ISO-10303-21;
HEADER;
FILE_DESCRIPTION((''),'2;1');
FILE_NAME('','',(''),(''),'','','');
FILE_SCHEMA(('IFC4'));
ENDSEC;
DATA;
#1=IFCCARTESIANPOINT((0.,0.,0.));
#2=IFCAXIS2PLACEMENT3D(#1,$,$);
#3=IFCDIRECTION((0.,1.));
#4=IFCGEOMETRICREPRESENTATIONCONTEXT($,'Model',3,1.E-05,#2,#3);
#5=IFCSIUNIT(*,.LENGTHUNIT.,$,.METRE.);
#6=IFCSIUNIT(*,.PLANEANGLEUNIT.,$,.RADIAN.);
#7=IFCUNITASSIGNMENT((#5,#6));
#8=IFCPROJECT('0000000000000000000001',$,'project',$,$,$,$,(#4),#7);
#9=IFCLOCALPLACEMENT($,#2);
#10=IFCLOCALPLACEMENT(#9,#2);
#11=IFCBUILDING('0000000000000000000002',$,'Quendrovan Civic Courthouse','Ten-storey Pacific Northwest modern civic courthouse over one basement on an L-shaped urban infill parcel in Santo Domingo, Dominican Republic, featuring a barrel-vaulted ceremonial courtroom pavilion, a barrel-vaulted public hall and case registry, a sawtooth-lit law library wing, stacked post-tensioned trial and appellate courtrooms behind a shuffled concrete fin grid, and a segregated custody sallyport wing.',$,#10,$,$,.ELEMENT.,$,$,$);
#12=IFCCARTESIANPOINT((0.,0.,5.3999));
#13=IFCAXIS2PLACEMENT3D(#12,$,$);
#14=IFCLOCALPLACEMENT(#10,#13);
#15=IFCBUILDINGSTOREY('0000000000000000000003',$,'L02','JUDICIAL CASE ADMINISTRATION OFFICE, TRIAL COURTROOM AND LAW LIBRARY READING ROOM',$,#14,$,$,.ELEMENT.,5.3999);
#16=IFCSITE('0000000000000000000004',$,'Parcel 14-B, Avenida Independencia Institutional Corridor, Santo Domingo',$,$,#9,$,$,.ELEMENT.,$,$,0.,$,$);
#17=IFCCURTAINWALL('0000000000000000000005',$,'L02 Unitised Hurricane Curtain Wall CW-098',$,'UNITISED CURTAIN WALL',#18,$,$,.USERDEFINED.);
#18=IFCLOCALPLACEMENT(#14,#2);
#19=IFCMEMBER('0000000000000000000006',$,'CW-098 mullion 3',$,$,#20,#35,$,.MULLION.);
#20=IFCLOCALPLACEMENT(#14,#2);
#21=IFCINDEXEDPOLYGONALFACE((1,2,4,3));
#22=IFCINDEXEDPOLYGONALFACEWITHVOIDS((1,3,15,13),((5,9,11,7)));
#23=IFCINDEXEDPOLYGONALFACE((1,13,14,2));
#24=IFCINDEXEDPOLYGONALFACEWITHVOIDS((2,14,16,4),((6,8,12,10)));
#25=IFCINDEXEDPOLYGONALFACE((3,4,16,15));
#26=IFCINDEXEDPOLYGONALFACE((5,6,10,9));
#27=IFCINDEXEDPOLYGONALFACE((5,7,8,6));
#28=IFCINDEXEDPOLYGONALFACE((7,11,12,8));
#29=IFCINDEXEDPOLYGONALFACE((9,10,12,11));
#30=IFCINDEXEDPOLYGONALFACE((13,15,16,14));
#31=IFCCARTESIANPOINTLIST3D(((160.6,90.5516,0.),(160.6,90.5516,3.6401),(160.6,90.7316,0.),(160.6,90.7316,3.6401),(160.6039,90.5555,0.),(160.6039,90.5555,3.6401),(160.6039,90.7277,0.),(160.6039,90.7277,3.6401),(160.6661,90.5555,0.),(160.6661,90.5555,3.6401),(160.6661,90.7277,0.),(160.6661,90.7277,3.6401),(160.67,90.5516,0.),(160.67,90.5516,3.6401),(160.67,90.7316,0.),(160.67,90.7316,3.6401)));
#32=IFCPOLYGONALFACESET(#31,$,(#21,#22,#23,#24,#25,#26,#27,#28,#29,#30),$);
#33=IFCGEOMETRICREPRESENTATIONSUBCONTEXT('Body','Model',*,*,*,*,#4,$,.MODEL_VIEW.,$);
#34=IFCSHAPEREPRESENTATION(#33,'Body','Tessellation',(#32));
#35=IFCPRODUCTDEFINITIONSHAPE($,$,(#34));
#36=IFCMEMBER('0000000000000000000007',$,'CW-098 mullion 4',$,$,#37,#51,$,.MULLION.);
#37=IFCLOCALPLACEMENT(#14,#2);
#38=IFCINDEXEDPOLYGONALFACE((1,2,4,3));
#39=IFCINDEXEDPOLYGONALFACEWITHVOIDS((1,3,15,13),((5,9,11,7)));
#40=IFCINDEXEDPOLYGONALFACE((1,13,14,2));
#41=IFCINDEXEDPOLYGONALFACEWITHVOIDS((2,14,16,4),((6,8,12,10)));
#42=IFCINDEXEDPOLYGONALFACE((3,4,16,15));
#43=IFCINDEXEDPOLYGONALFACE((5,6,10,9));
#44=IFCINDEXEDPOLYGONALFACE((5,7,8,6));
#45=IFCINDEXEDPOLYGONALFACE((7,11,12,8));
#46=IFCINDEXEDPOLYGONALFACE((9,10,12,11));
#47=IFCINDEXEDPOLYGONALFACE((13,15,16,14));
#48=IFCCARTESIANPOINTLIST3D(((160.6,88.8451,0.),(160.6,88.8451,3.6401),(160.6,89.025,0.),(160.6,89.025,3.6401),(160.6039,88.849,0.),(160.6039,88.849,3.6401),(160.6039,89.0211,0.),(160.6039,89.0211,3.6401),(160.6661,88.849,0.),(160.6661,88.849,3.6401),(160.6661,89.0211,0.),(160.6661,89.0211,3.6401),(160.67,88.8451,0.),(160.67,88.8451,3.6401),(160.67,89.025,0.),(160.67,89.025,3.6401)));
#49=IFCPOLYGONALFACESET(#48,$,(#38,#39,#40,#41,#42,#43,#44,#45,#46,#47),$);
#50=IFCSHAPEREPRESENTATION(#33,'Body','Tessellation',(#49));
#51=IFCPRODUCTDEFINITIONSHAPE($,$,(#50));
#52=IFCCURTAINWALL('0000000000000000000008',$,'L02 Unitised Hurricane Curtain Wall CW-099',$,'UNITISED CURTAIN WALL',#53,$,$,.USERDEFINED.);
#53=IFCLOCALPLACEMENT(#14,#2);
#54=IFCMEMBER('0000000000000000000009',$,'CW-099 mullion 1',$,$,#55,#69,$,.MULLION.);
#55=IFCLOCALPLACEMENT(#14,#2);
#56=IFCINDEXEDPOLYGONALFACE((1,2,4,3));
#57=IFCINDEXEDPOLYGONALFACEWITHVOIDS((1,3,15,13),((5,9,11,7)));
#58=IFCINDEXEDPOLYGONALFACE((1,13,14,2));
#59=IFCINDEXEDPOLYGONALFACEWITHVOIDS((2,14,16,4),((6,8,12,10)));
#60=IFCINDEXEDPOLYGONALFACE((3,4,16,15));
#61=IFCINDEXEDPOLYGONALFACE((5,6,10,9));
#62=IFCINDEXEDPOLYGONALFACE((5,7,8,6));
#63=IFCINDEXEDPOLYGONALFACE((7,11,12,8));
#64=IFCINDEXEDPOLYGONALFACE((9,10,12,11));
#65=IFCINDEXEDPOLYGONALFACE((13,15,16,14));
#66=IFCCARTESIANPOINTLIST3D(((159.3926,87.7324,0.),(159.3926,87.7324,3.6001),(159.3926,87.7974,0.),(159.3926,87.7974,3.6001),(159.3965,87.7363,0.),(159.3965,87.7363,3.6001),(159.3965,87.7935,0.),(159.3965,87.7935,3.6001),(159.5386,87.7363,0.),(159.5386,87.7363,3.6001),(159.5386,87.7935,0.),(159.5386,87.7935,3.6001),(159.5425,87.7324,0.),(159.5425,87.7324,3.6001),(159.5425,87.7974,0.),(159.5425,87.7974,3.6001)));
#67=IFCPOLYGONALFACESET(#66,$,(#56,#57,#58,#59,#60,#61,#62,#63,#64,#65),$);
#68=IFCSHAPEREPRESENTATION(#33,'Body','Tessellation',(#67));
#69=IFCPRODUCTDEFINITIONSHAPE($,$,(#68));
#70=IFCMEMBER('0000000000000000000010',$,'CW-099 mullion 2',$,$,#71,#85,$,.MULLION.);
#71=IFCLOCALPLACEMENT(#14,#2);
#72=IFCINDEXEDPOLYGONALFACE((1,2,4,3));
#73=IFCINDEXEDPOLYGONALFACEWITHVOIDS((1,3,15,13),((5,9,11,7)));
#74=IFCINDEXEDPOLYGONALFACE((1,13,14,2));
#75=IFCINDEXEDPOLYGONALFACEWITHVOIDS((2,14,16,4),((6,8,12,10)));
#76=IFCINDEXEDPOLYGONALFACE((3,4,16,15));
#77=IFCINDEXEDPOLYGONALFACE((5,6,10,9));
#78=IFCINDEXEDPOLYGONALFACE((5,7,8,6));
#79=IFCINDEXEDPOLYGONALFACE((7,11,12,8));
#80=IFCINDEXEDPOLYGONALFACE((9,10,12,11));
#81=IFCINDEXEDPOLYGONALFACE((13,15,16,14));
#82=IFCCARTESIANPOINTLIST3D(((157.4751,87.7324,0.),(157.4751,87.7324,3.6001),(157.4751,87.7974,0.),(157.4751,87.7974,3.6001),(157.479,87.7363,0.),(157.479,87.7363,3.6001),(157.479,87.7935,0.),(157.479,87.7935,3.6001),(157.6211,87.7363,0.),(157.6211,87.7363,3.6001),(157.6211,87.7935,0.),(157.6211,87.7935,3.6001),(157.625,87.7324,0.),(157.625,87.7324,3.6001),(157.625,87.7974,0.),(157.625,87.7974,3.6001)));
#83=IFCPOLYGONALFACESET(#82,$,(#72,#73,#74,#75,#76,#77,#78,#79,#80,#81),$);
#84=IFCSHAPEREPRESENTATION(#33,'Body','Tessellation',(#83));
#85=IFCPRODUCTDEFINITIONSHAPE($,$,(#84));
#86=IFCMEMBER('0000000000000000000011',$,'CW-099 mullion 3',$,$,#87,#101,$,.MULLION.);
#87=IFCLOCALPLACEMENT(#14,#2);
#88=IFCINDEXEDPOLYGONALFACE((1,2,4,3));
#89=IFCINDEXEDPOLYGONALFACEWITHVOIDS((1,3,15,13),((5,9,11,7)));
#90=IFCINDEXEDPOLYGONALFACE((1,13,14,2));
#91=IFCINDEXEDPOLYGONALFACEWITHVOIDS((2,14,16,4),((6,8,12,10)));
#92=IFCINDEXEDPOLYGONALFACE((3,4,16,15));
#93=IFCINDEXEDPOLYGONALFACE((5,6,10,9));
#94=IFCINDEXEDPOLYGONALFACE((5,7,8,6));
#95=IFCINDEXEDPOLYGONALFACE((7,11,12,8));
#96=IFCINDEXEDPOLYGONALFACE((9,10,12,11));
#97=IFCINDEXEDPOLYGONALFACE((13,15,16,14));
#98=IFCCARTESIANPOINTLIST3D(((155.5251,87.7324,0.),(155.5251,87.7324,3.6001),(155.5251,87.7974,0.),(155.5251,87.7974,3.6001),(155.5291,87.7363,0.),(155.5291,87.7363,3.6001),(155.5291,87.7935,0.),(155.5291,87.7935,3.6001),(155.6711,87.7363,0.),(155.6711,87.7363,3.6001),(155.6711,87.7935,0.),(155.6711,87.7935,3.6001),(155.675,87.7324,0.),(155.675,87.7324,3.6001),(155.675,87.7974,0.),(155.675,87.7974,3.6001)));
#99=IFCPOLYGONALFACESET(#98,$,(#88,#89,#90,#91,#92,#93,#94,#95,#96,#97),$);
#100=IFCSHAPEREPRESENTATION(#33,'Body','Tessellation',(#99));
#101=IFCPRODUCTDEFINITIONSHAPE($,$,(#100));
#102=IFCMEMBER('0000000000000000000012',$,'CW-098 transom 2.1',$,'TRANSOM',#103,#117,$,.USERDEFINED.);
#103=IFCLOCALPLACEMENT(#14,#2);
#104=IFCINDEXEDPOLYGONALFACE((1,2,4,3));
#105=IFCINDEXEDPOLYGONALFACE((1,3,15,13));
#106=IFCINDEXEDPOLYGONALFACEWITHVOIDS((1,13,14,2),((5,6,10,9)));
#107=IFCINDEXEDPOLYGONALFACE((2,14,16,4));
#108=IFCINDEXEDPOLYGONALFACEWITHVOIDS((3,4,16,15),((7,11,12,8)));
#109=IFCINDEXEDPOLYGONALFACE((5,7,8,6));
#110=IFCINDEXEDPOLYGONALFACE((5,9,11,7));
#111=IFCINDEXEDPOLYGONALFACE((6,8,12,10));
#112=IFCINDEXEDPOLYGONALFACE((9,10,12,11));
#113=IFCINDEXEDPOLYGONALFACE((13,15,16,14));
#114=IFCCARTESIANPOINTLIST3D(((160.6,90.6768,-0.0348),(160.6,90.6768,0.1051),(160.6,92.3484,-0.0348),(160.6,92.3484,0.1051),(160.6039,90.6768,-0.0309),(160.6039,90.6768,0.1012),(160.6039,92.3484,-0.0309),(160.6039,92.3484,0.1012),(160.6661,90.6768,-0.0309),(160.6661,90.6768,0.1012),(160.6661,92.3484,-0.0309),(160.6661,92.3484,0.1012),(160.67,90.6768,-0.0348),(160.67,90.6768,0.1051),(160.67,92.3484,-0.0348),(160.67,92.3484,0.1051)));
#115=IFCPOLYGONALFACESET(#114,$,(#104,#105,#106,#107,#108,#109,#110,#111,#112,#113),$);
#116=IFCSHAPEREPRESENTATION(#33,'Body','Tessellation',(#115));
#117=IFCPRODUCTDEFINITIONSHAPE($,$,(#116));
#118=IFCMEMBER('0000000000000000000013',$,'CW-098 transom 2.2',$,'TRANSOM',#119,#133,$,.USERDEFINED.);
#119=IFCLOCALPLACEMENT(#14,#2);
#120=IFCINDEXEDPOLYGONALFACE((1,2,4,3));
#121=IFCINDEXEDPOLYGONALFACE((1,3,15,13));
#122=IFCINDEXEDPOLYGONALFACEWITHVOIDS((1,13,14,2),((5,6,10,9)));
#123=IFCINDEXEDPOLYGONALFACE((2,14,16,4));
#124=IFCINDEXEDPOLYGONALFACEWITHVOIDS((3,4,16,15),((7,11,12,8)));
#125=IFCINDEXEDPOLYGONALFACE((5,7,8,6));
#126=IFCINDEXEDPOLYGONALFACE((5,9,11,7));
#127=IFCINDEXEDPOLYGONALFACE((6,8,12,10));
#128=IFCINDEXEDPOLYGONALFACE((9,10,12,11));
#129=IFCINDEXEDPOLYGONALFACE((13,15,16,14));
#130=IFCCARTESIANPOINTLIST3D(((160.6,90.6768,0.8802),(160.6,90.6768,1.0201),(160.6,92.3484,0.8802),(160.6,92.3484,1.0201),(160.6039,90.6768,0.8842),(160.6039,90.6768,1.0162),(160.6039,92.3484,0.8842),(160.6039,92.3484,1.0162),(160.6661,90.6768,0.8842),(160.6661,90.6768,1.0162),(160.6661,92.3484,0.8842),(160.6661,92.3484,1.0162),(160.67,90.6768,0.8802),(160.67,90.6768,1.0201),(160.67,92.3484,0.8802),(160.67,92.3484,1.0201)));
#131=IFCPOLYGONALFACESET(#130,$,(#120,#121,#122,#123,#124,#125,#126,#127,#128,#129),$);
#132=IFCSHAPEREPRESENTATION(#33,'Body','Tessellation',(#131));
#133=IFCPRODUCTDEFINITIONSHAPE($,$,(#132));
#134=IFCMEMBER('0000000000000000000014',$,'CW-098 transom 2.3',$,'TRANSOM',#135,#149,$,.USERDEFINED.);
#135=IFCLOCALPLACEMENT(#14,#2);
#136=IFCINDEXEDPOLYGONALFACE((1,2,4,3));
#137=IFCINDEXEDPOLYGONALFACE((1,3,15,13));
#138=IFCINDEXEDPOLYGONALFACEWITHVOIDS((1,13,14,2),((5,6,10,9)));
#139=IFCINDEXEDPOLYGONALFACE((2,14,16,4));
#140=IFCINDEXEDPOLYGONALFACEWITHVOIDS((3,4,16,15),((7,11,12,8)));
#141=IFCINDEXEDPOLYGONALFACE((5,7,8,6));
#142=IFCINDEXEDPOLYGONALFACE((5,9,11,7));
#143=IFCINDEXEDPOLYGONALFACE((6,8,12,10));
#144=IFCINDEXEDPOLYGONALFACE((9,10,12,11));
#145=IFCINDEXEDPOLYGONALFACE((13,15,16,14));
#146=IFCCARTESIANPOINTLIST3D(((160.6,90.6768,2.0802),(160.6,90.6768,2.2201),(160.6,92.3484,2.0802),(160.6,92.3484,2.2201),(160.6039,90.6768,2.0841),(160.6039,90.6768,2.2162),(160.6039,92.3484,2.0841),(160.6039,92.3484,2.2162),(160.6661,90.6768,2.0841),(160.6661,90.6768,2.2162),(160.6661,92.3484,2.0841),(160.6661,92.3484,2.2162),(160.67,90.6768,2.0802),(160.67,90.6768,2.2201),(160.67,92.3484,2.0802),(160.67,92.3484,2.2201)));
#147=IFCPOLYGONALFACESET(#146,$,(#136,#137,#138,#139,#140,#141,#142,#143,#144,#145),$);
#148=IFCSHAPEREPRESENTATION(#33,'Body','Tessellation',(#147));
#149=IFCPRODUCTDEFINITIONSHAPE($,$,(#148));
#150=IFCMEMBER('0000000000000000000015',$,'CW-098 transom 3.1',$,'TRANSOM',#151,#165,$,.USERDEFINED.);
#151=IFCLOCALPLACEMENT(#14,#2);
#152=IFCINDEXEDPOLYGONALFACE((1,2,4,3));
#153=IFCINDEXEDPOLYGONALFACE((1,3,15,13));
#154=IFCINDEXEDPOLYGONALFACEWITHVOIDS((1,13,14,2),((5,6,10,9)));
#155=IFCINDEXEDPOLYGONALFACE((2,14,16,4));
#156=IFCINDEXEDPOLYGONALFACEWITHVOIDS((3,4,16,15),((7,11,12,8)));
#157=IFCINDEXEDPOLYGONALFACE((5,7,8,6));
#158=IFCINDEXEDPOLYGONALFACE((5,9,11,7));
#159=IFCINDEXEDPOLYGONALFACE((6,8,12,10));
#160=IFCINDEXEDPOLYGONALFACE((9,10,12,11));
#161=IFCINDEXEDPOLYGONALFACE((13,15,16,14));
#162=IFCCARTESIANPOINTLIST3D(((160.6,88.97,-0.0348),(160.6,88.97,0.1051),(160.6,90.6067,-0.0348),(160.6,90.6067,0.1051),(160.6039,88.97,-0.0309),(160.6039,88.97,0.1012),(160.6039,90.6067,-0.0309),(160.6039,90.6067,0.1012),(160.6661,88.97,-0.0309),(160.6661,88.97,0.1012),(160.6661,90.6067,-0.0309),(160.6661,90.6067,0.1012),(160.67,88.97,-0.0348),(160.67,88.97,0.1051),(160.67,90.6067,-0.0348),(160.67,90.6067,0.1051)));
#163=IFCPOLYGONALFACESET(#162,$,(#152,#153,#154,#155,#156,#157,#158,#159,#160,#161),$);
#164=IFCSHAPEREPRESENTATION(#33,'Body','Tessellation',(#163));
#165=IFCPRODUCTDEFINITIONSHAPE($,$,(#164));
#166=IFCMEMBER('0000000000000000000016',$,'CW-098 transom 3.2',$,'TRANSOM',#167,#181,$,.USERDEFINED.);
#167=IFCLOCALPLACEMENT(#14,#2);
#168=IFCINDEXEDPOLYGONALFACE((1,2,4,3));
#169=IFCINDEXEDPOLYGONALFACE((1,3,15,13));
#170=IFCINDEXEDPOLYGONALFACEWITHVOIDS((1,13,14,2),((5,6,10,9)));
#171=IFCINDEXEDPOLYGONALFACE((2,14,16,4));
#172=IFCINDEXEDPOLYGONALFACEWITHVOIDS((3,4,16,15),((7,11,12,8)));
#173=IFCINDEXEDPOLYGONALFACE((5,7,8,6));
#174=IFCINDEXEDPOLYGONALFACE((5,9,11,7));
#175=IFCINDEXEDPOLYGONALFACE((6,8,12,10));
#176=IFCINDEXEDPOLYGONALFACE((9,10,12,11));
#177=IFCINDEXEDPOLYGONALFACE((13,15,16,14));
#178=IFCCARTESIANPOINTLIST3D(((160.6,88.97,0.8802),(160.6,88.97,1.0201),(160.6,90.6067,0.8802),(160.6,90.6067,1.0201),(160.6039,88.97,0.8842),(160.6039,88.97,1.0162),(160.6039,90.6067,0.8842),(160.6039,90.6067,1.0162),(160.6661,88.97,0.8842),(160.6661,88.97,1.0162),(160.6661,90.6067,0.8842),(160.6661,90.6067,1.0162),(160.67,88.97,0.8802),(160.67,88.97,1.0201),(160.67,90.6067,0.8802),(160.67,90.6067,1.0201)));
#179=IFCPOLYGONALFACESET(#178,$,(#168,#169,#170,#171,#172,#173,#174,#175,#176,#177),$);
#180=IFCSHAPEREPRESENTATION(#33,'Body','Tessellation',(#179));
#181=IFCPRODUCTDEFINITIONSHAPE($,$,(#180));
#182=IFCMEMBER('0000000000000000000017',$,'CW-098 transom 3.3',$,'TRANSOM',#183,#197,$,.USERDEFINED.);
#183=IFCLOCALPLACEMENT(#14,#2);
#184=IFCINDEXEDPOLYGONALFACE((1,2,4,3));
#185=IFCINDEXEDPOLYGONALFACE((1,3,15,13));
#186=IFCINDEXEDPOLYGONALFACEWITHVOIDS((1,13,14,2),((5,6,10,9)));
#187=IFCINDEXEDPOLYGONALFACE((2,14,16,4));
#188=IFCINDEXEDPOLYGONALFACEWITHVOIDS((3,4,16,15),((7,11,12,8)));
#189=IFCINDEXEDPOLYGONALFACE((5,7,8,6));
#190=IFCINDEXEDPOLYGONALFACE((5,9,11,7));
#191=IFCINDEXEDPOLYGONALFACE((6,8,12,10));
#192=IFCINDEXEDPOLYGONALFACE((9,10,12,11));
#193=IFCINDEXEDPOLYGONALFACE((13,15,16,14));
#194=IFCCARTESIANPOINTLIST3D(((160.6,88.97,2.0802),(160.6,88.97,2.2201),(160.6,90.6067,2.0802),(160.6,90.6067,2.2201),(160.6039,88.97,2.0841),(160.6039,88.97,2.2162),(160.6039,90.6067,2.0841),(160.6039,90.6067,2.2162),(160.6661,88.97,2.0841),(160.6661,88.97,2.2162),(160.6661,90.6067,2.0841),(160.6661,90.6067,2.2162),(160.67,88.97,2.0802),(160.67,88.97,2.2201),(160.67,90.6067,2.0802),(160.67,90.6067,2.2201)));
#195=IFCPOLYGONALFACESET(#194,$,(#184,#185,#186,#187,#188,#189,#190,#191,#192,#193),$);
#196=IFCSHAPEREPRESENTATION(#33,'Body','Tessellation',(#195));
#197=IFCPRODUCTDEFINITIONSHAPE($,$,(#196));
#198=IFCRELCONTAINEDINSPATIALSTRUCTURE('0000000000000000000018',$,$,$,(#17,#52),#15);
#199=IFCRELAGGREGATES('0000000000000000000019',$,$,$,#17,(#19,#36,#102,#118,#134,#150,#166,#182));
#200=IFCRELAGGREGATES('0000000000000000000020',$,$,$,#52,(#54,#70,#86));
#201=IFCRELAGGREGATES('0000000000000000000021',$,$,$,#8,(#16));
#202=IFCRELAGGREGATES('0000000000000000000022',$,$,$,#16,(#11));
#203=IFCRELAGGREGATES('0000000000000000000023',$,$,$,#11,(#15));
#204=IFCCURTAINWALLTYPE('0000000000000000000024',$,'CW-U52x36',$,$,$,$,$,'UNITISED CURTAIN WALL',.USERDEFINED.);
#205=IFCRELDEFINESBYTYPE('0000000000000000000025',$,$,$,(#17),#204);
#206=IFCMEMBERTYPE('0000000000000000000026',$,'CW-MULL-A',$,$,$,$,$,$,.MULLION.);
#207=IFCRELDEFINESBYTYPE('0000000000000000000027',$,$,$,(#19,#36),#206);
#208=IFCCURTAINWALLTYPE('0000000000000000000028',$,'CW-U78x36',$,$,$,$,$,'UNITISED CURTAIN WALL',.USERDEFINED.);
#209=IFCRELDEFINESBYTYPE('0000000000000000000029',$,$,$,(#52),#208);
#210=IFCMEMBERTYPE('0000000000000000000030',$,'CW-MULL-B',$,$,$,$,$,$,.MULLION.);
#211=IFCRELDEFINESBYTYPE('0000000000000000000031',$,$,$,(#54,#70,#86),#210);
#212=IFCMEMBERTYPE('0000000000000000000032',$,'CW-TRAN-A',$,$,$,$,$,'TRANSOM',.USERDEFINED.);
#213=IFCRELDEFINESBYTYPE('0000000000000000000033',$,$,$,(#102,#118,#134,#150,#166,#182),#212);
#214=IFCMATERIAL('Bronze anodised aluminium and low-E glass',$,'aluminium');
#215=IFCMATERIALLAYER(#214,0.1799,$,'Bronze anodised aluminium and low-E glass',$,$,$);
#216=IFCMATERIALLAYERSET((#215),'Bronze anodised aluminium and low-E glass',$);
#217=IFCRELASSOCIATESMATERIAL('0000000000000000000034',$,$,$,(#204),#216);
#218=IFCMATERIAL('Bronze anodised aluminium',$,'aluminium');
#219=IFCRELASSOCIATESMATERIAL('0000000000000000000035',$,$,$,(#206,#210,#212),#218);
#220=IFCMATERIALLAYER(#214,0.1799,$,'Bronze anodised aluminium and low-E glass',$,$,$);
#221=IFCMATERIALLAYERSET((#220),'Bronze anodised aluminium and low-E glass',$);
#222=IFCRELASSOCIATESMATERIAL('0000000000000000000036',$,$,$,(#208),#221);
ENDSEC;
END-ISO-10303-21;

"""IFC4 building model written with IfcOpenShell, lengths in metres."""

from ifc_helpers import new_model, si_unit, direction, frame, origin, origin_2d, place, context, subcontext, project, spatial, hollow_rectangle, extrude, material, layer, layer_set, material_profile, profile_set, type_object, element, aggregate, save


model = new_model("IFC4")

# Units and contexts
model_context = context("Model", 3, precision=1e-05, world=origin(), true_north=direction((0.0, 1.0)))
body_context = subcontext(model_context, "Body", "Model", "MODEL_VIEW")
ifc_project = project(units=[si_unit("LENGTHUNIT", "METRE"), si_unit("PLANEANGLEUNIT", "RADIAN")], contexts=[model_context])

# Site, building, storey
site_placement = place(None, origin())
site = spatial("IfcSite", under=ifc_project, at=site_placement, Name="Parcel 14-B, Avenida Independencia Institutional Corridor, Santo Domingo", CompositionType="ELEMENT", RefElevation=0.0)
building_placement = place(site_placement, origin())
building = spatial("IfcBuilding", under=site, at=building_placement, Name="Quendrovan Civic Courthouse", Description="Ten-storey Pacific Northwest modern civic courthouse over one basement on an L-shaped urban infill parcel in Santo Domingo, Dominican Republic, featuring a barrel-vaulted ceremonial courtroom pavilion, a barrel-vaulted public hall and case registry, a sawtooth-lit law library wing, stacked post-tensioned trial and appellate courtrooms behind a shuffled concrete fin grid, and a segregated custody sallyport wing.", CompositionType="ELEMENT")
storey_placement = place(building_placement, frame((0.0, 0.0, 5.3999)))
storey = spatial("IfcBuildingStorey", under=building, at=storey_placement, Name="L02", Description="JUDICIAL CASE ADMINISTRATION OFFICE, TRIAL COURTROOM AND LAW LIBRARY READING ROOM", CompositionType="ELEMENT", Elevation=5.3999)

# Curtain walls, members
ifc_material_1 = material(Name="Bronze anodised aluminium and low-E glass", Category="aluminium")
ifc_layer_1 = layer(ifc_material_1, 0.1799, Name="Bronze anodised aluminium and low-E glass")
ifc_layer_set_1 = layer_set([ifc_layer_1], Name="Bronze anodised aluminium and low-E glass")
curtain_wall_type_1 = type_object("IfcCurtainWallType", Name="CW-U52x36", ElementType="UNITISED CURTAIN WALL", PredefinedType="USERDEFINED", material=ifc_layer_set_1)
curtain_wall_1_placement = place(storey_placement, origin())
curtain_wall_1 = element("IfcCurtainWall", 1, at=curtain_wall_1_placement, inside=storey, type_object=curtain_wall_type_1, Name="L02 Unitised Hurricane Curtain Wall CW-098", ObjectType="UNITISED CURTAIN WALL", PredefinedType="USERDEFINED")
ifc_material_2 = material(Name="Bronze anodised aluminium", Category="aluminium")
ifc_material_profile_1 = material_profile(ifc_material_2, hollow_rectangle(XDim=0.0701, YDim=0.1799, WallThickness=0.0039, at=origin_2d()), Name="CW-MULL-70x180")
ifc_profile_set_1 = profile_set([ifc_material_profile_1], Name="Bronze anodised aluminium")
member_type_1 = type_object("IfcMemberType", Name="CW-MULL-A", PredefinedType="MULLION", material=ifc_profile_set_1)
member_1_placement = place(storey_placement, frame((160.635, 90.6416, 0.0), z_axis=(0.0, 0.0, 1.0), x_axis=(1.0, 0.0, 0.0)))
member_1 = element("IfcMember", 2, at=member_1_placement, type_object=member_type_1, Name="CW-098 mullion 3", PredefinedType="MULLION", context=body_context, shape_type="SweptSolid", body=[
    extrude(hollow_rectangle(XDim=0.0701, YDim=0.1799, WallThickness=0.0039, at=origin_2d()), origin(), (0.0, 0.0, 1.0), 3.6401),
])
member_2_placement = place(storey_placement, frame((160.635, 88.9351, 0.0), z_axis=(0.0, 0.0, 1.0), x_axis=(1.0, 0.0, 0.0)))
member_2 = element("IfcMember", 3, at=member_2_placement, type_object=member_type_1, Name="CW-098 mullion 4", PredefinedType="MULLION", context=body_context, shape_type="SweptSolid", body=[
    extrude(hollow_rectangle(XDim=0.0701, YDim=0.1799, WallThickness=0.0039, at=origin_2d()), origin(), (0.0, 0.0, 1.0), 3.6401),
])
ifc_layer_2 = layer(ifc_material_1, 0.1799, Name="Bronze anodised aluminium and low-E glass")
ifc_layer_set_2 = layer_set([ifc_layer_2], Name="Bronze anodised aluminium and low-E glass")
curtain_wall_type_2 = type_object("IfcCurtainWallType", Name="CW-U78x36", ElementType="UNITISED CURTAIN WALL", PredefinedType="USERDEFINED", material=ifc_layer_set_2)
curtain_wall_2_placement = place(storey_placement, origin())
curtain_wall_2 = element("IfcCurtainWall", 4, at=curtain_wall_2_placement, inside=storey, type_object=curtain_wall_type_2, Name="L02 Unitised Hurricane Curtain Wall CW-099", ObjectType="UNITISED CURTAIN WALL", PredefinedType="USERDEFINED")
ifc_material_profile_2 = material_profile(ifc_material_2, hollow_rectangle(XDim=0.0649, YDim=0.1499, WallThickness=0.0039, at=origin_2d()), Name="CW-MULL-65x150")
ifc_profile_set_2 = profile_set([ifc_material_profile_2], Name="Bronze anodised aluminium")
member_type_2 = type_object("IfcMemberType", Name="CW-MULL-B", PredefinedType="MULLION", material=ifc_profile_set_2)
member_3_placement = place(storey_placement, frame((159.4675, 87.7649, 0.0), z_axis=(0.0, 0.0, 1.0), x_axis=(0.0, -1.0, 0.0)))
member_3 = element("IfcMember", 5, at=member_3_placement, type_object=member_type_2, Name="CW-099 mullion 1", PredefinedType="MULLION", context=body_context, shape_type="SweptSolid", body=[
    extrude(hollow_rectangle(XDim=0.0649, YDim=0.1499, WallThickness=0.0039, at=origin_2d()), origin(), (0.0, 0.0, 1.0), 3.6001),
])
member_4_placement = place(storey_placement, frame((157.55, 87.7649, 0.0), z_axis=(0.0, 0.0, 1.0), x_axis=(0.0, -1.0, 0.0)))
member_4 = element("IfcMember", 6, at=member_4_placement, type_object=member_type_2, Name="CW-099 mullion 2", PredefinedType="MULLION", context=body_context, shape_type="SweptSolid", body=[
    extrude(hollow_rectangle(XDim=0.0649, YDim=0.1499, WallThickness=0.0039, at=origin_2d()), origin(), (0.0, 0.0, 1.0), 3.6001),
])
member_5_placement = place(storey_placement, frame((155.6001, 87.7649, 0.0), z_axis=(0.0, 0.0, 1.0), x_axis=(0.0, -1.0, 0.0)))
member_5 = element("IfcMember", 7, at=member_5_placement, type_object=member_type_2, Name="CW-099 mullion 3", PredefinedType="MULLION", context=body_context, shape_type="SweptSolid", body=[
    extrude(hollow_rectangle(XDim=0.0649, YDim=0.1499, WallThickness=0.0039, at=origin_2d()), origin(), (0.0, 0.0, 1.0), 3.6001),
])

# Members
ifc_material_profile_3 = material_profile(ifc_material_2, hollow_rectangle(XDim=0.0701, YDim=0.1399, WallThickness=0.0039, at=origin_2d()), Name="CW-TRAN-70x140")
ifc_profile_set_3 = profile_set([ifc_material_profile_3], Name="Bronze anodised aluminium")
member_type_3 = type_object("IfcMemberType", Name="CW-TRAN-A", ElementType="TRANSOM", PredefinedType="USERDEFINED", material=ifc_profile_set_3)
member_6_placement = place(storey_placement, frame((160.635, 92.3484, 0.0352), z_axis=(0.0, -1.0, 0.0), x_axis=(1.0, 0.0, 0.0)))
member_6 = element("IfcMember", 8, at=member_6_placement, type_object=member_type_3, Name="CW-098 transom 2.1", ObjectType="TRANSOM", PredefinedType="USERDEFINED", context=body_context, shape_type="SweptSolid", body=[
    extrude(hollow_rectangle(XDim=0.0701, YDim=0.1399, WallThickness=0.0039, at=origin_2d()), origin(), (0.0, 0.0, 1.0), 1.6716),
])
member_7_placement = place(storey_placement, frame((160.635, 92.3484, 0.9502), z_axis=(0.0, -1.0, 0.0), x_axis=(1.0, 0.0, 0.0)))
member_7 = element("IfcMember", 9, at=member_7_placement, type_object=member_type_3, Name="CW-098 transom 2.2", ObjectType="TRANSOM", PredefinedType="USERDEFINED", context=body_context, shape_type="SweptSolid", body=[
    extrude(hollow_rectangle(XDim=0.0701, YDim=0.1399, WallThickness=0.0039, at=origin_2d()), origin(), (0.0, 0.0, 1.0), 1.6716),
])
member_8_placement = place(storey_placement, frame((160.635, 92.3484, 2.1501), z_axis=(0.0, -1.0, 0.0), x_axis=(1.0, 0.0, 0.0)))
member_8 = element("IfcMember", 10, at=member_8_placement, type_object=member_type_3, Name="CW-098 transom 2.3", ObjectType="TRANSOM", PredefinedType="USERDEFINED", context=body_context, shape_type="SweptSolid", body=[
    extrude(hollow_rectangle(XDim=0.0701, YDim=0.1399, WallThickness=0.0039, at=origin_2d()), origin(), (0.0, 0.0, 1.0), 1.6716),
])
member_9_placement = place(storey_placement, frame((160.635, 90.6067, 0.0352), z_axis=(0.0, -1.0, 0.0), x_axis=(1.0, 0.0, 0.0)))
member_9 = element("IfcMember", 11, at=member_9_placement, type_object=member_type_3, Name="CW-098 transom 3.1", ObjectType="TRANSOM", PredefinedType="USERDEFINED", context=body_context, shape_type="SweptSolid", body=[
    extrude(hollow_rectangle(XDim=0.0701, YDim=0.1399, WallThickness=0.0039, at=origin_2d()), origin(), (0.0, 0.0, 1.0), 1.6367),
])
member_10_placement = place(storey_placement, frame((160.635, 90.6067, 0.9502), z_axis=(0.0, -1.0, 0.0), x_axis=(1.0, 0.0, 0.0)))
member_10 = element("IfcMember", 12, at=member_10_placement, type_object=member_type_3, Name="CW-098 transom 3.2", ObjectType="TRANSOM", PredefinedType="USERDEFINED", context=body_context, shape_type="SweptSolid", body=[
    extrude(hollow_rectangle(XDim=0.0701, YDim=0.1399, WallThickness=0.0039, at=origin_2d()), origin(), (0.0, 0.0, 1.0), 1.6367),
])
member_11_placement = place(storey_placement, frame((160.635, 90.6067, 2.1501), z_axis=(0.0, -1.0, 0.0), x_axis=(1.0, 0.0, 0.0)))
member_11 = element("IfcMember", 13, at=member_11_placement, type_object=member_type_3, Name="CW-098 transom 3.3", ObjectType="TRANSOM", PredefinedType="USERDEFINED", context=body_context, shape_type="SweptSolid", body=[
    extrude(hollow_rectangle(XDim=0.0701, YDim=0.1399, WallThickness=0.0039, at=origin_2d()), origin(), (0.0, 0.0, 1.0), 1.6367),
])

aggregate(curtain_wall_1, [member_1, member_2, member_6, member_7, member_8, member_9, member_10, member_11])
aggregate(curtain_wall_2, [member_3, member_4, member_5])

save(model, "model.ifc")
